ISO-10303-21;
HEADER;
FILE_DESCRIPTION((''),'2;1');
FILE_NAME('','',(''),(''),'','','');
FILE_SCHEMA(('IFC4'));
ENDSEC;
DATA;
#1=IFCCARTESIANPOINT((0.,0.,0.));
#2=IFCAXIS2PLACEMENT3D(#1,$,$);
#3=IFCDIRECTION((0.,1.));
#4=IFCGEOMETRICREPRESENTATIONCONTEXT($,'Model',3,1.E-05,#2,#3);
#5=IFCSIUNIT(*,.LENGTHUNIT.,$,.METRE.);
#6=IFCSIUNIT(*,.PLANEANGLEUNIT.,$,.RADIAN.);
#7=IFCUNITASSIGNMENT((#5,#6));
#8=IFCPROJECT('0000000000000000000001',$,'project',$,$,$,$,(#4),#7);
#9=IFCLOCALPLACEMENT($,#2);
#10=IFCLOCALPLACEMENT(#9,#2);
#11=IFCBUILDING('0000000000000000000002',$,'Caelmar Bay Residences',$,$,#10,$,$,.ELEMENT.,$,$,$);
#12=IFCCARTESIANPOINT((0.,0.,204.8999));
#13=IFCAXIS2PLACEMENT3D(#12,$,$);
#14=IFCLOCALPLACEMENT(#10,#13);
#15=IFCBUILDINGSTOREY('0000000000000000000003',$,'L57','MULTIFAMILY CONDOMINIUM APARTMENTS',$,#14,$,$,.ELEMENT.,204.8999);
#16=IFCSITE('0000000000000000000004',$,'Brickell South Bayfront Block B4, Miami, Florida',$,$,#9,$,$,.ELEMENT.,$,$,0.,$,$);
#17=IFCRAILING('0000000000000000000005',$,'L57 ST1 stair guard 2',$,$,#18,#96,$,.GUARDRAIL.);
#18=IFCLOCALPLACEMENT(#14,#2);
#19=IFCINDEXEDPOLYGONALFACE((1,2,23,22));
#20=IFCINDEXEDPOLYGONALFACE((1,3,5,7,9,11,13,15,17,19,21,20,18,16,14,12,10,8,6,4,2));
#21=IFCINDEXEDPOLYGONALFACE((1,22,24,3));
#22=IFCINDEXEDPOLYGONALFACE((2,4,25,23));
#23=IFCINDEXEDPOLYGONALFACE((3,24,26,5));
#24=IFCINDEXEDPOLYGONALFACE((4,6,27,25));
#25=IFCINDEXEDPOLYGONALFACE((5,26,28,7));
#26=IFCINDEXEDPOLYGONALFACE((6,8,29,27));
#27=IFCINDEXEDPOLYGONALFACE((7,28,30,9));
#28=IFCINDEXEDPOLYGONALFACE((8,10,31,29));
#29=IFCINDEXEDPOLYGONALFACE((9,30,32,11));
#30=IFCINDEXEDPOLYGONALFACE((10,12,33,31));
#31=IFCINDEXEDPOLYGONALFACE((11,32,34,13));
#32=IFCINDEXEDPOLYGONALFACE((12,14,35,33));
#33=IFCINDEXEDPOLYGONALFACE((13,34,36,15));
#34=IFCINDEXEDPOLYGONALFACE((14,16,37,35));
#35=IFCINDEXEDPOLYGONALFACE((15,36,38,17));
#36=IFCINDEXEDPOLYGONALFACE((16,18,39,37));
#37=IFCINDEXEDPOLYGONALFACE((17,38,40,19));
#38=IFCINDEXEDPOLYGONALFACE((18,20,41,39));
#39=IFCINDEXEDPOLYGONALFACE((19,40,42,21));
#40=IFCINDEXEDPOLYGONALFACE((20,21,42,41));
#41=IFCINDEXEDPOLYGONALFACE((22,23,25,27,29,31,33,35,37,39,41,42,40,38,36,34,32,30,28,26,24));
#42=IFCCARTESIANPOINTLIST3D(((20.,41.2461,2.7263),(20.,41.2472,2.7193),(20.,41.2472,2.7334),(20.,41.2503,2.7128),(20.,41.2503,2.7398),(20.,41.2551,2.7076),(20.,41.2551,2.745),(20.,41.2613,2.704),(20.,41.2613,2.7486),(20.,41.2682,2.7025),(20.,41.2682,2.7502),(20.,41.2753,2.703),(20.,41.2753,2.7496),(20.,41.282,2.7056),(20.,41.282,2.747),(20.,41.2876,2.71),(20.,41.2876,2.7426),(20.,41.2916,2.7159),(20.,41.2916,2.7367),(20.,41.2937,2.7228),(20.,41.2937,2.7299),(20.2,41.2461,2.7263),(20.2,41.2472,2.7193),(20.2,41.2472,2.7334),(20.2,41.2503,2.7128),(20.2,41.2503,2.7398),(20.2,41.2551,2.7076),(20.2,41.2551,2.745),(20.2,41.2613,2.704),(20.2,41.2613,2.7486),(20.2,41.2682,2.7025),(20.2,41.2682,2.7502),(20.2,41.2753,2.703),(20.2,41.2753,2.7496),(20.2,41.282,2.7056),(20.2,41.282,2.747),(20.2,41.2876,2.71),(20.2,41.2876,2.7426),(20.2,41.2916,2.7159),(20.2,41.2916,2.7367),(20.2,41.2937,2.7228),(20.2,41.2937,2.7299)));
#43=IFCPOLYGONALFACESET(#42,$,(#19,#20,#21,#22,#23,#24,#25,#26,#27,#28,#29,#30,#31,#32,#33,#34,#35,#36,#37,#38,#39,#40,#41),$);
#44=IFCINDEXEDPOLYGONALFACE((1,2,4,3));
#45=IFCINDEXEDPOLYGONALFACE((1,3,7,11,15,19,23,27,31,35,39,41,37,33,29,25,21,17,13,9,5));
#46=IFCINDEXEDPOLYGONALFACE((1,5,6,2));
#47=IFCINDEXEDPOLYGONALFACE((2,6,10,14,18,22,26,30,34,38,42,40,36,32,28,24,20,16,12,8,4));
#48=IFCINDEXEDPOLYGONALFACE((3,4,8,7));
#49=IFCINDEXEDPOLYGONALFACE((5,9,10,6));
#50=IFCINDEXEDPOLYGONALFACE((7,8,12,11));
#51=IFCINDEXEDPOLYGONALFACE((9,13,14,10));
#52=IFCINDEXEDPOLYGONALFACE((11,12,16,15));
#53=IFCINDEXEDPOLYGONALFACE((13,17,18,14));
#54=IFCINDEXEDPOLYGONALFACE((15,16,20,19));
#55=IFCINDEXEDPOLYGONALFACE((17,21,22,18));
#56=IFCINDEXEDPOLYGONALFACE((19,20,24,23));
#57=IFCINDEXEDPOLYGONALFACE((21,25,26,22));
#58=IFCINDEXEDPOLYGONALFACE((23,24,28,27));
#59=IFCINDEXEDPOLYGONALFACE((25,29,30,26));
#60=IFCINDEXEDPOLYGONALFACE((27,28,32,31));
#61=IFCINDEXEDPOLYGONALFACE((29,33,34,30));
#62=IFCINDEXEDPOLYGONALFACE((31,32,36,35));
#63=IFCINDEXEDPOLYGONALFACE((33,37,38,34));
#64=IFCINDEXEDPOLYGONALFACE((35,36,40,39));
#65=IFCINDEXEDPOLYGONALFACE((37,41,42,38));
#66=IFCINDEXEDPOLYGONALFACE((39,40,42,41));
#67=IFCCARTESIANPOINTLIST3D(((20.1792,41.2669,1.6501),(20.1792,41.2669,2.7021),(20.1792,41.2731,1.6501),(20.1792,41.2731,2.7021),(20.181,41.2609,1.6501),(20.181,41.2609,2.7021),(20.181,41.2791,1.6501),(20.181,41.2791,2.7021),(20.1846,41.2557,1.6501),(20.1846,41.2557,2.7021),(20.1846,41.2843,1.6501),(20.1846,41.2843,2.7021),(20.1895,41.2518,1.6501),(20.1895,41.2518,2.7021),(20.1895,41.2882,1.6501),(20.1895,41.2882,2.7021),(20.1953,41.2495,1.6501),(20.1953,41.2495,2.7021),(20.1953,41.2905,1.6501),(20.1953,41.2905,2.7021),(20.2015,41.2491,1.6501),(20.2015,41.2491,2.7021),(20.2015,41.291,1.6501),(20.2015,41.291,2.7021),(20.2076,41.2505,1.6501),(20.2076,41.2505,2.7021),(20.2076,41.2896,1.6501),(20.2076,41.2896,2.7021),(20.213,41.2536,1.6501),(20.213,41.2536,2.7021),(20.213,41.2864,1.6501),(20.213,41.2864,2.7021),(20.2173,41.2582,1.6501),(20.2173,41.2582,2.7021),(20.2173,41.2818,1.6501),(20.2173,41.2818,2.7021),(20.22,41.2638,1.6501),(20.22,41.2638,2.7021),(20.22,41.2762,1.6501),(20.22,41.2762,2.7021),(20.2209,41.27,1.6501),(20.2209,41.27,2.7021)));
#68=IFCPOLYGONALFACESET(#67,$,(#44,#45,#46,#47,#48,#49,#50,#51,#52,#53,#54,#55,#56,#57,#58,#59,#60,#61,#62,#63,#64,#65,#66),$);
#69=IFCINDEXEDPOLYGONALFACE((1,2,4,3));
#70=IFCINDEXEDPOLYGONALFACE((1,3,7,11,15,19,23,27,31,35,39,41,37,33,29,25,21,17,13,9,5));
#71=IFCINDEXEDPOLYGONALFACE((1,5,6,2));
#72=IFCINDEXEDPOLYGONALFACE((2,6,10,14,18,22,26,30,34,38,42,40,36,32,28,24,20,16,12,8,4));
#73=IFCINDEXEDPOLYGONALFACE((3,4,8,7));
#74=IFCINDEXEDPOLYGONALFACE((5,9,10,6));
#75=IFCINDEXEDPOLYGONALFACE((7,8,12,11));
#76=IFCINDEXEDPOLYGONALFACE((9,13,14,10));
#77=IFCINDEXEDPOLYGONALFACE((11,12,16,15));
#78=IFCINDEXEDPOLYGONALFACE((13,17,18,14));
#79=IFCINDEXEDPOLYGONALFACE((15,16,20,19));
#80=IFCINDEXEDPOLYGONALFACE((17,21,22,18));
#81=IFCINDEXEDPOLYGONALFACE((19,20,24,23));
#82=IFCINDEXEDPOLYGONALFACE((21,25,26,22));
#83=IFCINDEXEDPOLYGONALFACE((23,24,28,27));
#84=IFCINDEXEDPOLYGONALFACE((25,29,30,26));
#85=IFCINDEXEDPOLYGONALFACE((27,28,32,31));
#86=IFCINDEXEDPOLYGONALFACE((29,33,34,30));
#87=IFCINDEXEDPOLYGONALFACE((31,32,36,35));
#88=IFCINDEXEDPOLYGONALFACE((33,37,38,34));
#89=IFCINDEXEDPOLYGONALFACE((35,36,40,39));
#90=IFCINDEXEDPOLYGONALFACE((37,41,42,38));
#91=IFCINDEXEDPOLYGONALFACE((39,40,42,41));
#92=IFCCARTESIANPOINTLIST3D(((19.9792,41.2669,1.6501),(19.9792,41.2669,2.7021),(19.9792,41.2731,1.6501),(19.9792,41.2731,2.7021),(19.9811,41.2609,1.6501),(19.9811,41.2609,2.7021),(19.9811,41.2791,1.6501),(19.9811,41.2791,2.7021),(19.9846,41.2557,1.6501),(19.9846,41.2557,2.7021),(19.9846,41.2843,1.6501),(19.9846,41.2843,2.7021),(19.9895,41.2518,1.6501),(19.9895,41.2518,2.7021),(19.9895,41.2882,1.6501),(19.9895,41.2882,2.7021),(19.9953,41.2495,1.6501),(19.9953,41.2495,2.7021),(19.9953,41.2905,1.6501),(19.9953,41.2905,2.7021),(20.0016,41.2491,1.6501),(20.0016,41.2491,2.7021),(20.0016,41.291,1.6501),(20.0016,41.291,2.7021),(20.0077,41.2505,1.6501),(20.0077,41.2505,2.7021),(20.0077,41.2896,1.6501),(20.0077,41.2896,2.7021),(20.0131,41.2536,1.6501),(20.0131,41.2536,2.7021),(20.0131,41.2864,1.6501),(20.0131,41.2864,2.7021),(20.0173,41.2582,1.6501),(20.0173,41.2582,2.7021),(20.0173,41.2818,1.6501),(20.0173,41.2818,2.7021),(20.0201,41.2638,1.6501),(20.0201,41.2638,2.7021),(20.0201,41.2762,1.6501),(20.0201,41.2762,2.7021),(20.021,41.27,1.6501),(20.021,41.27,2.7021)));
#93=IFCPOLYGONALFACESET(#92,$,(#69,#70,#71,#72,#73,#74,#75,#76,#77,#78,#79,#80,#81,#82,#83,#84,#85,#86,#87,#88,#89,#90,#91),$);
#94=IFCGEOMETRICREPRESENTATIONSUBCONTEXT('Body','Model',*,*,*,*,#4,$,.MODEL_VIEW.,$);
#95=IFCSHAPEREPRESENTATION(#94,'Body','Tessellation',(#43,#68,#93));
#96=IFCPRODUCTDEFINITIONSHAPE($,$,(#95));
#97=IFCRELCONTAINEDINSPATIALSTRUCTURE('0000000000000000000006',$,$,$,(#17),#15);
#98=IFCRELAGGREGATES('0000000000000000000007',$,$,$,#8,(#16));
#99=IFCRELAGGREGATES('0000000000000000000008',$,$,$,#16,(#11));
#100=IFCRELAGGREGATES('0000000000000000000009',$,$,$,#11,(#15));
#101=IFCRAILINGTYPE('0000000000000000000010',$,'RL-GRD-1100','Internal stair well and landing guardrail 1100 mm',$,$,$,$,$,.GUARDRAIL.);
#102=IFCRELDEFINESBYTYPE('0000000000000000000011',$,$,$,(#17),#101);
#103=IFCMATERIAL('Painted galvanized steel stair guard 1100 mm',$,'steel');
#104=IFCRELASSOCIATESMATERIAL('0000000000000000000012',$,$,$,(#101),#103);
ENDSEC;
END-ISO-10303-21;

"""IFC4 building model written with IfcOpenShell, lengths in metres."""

from ifc_helpers import new_model, si_unit, direction, frame, origin, origin_2d, place, context, subcontext, project, spatial, circle, extrude, material, type_object, element, save


model = new_model("IFC4")

# Units and contexts
model_context = context("Model", 3, precision=1e-05, world=origin(), true_north=direction((0.0, 1.0)))
body_context = subcontext(model_context, "Body", "Model", "MODEL_VIEW")
ifc_project = project(units=[si_unit("LENGTHUNIT", "METRE"), si_unit("PLANEANGLEUNIT", "RADIAN")], contexts=[model_context])

# Site, building, storey
site_placement = place(None, origin())
site = spatial("IfcSite", under=ifc_project, at=site_placement, Name="Brickell South Bayfront Block B4, Miami, Florida", CompositionType="ELEMENT", RefElevation=0.0)
building_placement = place(site_placement, origin())
building = spatial("IfcBuilding", under=site, at=building_placement, Name="Caelmar Bay Residences", CompositionType="ELEMENT")
storey_placement = place(building_placement, frame((0.0, 0.0, 204.8999)))
storey = spatial("IfcBuildingStorey", under=building, at=storey_placement, Name="L57", Description="MULTIFAMILY CONDOMINIUM APARTMENTS", CompositionType="ELEMENT", Elevation=204.8999)

# Railing
ifc_material_1 = material(Name="Painted galvanized steel stair guard 1100 mm", Category="steel")
railing_type_1 = type_object("IfcRailingType", Name="RL-GRD-1100", Description="Internal stair well and landing guardrail 1100 mm", PredefinedType="GUARDRAIL", material=ifc_material_1)
railing_1_placement = place(storey_placement, frame((20.2, 41.27, 1.6501)))
element("IfcRailing", 1, at=railing_1_placement, inside=storey, type_object=railing_type_1, Name="L57 ST1 stair guard 2", PredefinedType="GUARDRAIL", context=body_context, shape_type="SweptSolid", body=[
    extrude(circle(Radius=0.0239, at=origin_2d()), frame((0.0, 0.0, 1.0762), z_axis=(-1.0, 0.0, 0.0), x_axis=(0.0, -1.0, 0.0)), (0.0, 0.0, 1.0), 0.2),
    extrude(circle(Radius=0.021, at=origin_2d()), origin(), (0.0, 0.0, 1.0), 1.052),
    extrude(circle(Radius=0.021, at=origin_2d()), frame((-0.2, 0.0, 0.0)), (0.0, 0.0, 1.0), 1.052),
])

save(model, "model.ifc")
